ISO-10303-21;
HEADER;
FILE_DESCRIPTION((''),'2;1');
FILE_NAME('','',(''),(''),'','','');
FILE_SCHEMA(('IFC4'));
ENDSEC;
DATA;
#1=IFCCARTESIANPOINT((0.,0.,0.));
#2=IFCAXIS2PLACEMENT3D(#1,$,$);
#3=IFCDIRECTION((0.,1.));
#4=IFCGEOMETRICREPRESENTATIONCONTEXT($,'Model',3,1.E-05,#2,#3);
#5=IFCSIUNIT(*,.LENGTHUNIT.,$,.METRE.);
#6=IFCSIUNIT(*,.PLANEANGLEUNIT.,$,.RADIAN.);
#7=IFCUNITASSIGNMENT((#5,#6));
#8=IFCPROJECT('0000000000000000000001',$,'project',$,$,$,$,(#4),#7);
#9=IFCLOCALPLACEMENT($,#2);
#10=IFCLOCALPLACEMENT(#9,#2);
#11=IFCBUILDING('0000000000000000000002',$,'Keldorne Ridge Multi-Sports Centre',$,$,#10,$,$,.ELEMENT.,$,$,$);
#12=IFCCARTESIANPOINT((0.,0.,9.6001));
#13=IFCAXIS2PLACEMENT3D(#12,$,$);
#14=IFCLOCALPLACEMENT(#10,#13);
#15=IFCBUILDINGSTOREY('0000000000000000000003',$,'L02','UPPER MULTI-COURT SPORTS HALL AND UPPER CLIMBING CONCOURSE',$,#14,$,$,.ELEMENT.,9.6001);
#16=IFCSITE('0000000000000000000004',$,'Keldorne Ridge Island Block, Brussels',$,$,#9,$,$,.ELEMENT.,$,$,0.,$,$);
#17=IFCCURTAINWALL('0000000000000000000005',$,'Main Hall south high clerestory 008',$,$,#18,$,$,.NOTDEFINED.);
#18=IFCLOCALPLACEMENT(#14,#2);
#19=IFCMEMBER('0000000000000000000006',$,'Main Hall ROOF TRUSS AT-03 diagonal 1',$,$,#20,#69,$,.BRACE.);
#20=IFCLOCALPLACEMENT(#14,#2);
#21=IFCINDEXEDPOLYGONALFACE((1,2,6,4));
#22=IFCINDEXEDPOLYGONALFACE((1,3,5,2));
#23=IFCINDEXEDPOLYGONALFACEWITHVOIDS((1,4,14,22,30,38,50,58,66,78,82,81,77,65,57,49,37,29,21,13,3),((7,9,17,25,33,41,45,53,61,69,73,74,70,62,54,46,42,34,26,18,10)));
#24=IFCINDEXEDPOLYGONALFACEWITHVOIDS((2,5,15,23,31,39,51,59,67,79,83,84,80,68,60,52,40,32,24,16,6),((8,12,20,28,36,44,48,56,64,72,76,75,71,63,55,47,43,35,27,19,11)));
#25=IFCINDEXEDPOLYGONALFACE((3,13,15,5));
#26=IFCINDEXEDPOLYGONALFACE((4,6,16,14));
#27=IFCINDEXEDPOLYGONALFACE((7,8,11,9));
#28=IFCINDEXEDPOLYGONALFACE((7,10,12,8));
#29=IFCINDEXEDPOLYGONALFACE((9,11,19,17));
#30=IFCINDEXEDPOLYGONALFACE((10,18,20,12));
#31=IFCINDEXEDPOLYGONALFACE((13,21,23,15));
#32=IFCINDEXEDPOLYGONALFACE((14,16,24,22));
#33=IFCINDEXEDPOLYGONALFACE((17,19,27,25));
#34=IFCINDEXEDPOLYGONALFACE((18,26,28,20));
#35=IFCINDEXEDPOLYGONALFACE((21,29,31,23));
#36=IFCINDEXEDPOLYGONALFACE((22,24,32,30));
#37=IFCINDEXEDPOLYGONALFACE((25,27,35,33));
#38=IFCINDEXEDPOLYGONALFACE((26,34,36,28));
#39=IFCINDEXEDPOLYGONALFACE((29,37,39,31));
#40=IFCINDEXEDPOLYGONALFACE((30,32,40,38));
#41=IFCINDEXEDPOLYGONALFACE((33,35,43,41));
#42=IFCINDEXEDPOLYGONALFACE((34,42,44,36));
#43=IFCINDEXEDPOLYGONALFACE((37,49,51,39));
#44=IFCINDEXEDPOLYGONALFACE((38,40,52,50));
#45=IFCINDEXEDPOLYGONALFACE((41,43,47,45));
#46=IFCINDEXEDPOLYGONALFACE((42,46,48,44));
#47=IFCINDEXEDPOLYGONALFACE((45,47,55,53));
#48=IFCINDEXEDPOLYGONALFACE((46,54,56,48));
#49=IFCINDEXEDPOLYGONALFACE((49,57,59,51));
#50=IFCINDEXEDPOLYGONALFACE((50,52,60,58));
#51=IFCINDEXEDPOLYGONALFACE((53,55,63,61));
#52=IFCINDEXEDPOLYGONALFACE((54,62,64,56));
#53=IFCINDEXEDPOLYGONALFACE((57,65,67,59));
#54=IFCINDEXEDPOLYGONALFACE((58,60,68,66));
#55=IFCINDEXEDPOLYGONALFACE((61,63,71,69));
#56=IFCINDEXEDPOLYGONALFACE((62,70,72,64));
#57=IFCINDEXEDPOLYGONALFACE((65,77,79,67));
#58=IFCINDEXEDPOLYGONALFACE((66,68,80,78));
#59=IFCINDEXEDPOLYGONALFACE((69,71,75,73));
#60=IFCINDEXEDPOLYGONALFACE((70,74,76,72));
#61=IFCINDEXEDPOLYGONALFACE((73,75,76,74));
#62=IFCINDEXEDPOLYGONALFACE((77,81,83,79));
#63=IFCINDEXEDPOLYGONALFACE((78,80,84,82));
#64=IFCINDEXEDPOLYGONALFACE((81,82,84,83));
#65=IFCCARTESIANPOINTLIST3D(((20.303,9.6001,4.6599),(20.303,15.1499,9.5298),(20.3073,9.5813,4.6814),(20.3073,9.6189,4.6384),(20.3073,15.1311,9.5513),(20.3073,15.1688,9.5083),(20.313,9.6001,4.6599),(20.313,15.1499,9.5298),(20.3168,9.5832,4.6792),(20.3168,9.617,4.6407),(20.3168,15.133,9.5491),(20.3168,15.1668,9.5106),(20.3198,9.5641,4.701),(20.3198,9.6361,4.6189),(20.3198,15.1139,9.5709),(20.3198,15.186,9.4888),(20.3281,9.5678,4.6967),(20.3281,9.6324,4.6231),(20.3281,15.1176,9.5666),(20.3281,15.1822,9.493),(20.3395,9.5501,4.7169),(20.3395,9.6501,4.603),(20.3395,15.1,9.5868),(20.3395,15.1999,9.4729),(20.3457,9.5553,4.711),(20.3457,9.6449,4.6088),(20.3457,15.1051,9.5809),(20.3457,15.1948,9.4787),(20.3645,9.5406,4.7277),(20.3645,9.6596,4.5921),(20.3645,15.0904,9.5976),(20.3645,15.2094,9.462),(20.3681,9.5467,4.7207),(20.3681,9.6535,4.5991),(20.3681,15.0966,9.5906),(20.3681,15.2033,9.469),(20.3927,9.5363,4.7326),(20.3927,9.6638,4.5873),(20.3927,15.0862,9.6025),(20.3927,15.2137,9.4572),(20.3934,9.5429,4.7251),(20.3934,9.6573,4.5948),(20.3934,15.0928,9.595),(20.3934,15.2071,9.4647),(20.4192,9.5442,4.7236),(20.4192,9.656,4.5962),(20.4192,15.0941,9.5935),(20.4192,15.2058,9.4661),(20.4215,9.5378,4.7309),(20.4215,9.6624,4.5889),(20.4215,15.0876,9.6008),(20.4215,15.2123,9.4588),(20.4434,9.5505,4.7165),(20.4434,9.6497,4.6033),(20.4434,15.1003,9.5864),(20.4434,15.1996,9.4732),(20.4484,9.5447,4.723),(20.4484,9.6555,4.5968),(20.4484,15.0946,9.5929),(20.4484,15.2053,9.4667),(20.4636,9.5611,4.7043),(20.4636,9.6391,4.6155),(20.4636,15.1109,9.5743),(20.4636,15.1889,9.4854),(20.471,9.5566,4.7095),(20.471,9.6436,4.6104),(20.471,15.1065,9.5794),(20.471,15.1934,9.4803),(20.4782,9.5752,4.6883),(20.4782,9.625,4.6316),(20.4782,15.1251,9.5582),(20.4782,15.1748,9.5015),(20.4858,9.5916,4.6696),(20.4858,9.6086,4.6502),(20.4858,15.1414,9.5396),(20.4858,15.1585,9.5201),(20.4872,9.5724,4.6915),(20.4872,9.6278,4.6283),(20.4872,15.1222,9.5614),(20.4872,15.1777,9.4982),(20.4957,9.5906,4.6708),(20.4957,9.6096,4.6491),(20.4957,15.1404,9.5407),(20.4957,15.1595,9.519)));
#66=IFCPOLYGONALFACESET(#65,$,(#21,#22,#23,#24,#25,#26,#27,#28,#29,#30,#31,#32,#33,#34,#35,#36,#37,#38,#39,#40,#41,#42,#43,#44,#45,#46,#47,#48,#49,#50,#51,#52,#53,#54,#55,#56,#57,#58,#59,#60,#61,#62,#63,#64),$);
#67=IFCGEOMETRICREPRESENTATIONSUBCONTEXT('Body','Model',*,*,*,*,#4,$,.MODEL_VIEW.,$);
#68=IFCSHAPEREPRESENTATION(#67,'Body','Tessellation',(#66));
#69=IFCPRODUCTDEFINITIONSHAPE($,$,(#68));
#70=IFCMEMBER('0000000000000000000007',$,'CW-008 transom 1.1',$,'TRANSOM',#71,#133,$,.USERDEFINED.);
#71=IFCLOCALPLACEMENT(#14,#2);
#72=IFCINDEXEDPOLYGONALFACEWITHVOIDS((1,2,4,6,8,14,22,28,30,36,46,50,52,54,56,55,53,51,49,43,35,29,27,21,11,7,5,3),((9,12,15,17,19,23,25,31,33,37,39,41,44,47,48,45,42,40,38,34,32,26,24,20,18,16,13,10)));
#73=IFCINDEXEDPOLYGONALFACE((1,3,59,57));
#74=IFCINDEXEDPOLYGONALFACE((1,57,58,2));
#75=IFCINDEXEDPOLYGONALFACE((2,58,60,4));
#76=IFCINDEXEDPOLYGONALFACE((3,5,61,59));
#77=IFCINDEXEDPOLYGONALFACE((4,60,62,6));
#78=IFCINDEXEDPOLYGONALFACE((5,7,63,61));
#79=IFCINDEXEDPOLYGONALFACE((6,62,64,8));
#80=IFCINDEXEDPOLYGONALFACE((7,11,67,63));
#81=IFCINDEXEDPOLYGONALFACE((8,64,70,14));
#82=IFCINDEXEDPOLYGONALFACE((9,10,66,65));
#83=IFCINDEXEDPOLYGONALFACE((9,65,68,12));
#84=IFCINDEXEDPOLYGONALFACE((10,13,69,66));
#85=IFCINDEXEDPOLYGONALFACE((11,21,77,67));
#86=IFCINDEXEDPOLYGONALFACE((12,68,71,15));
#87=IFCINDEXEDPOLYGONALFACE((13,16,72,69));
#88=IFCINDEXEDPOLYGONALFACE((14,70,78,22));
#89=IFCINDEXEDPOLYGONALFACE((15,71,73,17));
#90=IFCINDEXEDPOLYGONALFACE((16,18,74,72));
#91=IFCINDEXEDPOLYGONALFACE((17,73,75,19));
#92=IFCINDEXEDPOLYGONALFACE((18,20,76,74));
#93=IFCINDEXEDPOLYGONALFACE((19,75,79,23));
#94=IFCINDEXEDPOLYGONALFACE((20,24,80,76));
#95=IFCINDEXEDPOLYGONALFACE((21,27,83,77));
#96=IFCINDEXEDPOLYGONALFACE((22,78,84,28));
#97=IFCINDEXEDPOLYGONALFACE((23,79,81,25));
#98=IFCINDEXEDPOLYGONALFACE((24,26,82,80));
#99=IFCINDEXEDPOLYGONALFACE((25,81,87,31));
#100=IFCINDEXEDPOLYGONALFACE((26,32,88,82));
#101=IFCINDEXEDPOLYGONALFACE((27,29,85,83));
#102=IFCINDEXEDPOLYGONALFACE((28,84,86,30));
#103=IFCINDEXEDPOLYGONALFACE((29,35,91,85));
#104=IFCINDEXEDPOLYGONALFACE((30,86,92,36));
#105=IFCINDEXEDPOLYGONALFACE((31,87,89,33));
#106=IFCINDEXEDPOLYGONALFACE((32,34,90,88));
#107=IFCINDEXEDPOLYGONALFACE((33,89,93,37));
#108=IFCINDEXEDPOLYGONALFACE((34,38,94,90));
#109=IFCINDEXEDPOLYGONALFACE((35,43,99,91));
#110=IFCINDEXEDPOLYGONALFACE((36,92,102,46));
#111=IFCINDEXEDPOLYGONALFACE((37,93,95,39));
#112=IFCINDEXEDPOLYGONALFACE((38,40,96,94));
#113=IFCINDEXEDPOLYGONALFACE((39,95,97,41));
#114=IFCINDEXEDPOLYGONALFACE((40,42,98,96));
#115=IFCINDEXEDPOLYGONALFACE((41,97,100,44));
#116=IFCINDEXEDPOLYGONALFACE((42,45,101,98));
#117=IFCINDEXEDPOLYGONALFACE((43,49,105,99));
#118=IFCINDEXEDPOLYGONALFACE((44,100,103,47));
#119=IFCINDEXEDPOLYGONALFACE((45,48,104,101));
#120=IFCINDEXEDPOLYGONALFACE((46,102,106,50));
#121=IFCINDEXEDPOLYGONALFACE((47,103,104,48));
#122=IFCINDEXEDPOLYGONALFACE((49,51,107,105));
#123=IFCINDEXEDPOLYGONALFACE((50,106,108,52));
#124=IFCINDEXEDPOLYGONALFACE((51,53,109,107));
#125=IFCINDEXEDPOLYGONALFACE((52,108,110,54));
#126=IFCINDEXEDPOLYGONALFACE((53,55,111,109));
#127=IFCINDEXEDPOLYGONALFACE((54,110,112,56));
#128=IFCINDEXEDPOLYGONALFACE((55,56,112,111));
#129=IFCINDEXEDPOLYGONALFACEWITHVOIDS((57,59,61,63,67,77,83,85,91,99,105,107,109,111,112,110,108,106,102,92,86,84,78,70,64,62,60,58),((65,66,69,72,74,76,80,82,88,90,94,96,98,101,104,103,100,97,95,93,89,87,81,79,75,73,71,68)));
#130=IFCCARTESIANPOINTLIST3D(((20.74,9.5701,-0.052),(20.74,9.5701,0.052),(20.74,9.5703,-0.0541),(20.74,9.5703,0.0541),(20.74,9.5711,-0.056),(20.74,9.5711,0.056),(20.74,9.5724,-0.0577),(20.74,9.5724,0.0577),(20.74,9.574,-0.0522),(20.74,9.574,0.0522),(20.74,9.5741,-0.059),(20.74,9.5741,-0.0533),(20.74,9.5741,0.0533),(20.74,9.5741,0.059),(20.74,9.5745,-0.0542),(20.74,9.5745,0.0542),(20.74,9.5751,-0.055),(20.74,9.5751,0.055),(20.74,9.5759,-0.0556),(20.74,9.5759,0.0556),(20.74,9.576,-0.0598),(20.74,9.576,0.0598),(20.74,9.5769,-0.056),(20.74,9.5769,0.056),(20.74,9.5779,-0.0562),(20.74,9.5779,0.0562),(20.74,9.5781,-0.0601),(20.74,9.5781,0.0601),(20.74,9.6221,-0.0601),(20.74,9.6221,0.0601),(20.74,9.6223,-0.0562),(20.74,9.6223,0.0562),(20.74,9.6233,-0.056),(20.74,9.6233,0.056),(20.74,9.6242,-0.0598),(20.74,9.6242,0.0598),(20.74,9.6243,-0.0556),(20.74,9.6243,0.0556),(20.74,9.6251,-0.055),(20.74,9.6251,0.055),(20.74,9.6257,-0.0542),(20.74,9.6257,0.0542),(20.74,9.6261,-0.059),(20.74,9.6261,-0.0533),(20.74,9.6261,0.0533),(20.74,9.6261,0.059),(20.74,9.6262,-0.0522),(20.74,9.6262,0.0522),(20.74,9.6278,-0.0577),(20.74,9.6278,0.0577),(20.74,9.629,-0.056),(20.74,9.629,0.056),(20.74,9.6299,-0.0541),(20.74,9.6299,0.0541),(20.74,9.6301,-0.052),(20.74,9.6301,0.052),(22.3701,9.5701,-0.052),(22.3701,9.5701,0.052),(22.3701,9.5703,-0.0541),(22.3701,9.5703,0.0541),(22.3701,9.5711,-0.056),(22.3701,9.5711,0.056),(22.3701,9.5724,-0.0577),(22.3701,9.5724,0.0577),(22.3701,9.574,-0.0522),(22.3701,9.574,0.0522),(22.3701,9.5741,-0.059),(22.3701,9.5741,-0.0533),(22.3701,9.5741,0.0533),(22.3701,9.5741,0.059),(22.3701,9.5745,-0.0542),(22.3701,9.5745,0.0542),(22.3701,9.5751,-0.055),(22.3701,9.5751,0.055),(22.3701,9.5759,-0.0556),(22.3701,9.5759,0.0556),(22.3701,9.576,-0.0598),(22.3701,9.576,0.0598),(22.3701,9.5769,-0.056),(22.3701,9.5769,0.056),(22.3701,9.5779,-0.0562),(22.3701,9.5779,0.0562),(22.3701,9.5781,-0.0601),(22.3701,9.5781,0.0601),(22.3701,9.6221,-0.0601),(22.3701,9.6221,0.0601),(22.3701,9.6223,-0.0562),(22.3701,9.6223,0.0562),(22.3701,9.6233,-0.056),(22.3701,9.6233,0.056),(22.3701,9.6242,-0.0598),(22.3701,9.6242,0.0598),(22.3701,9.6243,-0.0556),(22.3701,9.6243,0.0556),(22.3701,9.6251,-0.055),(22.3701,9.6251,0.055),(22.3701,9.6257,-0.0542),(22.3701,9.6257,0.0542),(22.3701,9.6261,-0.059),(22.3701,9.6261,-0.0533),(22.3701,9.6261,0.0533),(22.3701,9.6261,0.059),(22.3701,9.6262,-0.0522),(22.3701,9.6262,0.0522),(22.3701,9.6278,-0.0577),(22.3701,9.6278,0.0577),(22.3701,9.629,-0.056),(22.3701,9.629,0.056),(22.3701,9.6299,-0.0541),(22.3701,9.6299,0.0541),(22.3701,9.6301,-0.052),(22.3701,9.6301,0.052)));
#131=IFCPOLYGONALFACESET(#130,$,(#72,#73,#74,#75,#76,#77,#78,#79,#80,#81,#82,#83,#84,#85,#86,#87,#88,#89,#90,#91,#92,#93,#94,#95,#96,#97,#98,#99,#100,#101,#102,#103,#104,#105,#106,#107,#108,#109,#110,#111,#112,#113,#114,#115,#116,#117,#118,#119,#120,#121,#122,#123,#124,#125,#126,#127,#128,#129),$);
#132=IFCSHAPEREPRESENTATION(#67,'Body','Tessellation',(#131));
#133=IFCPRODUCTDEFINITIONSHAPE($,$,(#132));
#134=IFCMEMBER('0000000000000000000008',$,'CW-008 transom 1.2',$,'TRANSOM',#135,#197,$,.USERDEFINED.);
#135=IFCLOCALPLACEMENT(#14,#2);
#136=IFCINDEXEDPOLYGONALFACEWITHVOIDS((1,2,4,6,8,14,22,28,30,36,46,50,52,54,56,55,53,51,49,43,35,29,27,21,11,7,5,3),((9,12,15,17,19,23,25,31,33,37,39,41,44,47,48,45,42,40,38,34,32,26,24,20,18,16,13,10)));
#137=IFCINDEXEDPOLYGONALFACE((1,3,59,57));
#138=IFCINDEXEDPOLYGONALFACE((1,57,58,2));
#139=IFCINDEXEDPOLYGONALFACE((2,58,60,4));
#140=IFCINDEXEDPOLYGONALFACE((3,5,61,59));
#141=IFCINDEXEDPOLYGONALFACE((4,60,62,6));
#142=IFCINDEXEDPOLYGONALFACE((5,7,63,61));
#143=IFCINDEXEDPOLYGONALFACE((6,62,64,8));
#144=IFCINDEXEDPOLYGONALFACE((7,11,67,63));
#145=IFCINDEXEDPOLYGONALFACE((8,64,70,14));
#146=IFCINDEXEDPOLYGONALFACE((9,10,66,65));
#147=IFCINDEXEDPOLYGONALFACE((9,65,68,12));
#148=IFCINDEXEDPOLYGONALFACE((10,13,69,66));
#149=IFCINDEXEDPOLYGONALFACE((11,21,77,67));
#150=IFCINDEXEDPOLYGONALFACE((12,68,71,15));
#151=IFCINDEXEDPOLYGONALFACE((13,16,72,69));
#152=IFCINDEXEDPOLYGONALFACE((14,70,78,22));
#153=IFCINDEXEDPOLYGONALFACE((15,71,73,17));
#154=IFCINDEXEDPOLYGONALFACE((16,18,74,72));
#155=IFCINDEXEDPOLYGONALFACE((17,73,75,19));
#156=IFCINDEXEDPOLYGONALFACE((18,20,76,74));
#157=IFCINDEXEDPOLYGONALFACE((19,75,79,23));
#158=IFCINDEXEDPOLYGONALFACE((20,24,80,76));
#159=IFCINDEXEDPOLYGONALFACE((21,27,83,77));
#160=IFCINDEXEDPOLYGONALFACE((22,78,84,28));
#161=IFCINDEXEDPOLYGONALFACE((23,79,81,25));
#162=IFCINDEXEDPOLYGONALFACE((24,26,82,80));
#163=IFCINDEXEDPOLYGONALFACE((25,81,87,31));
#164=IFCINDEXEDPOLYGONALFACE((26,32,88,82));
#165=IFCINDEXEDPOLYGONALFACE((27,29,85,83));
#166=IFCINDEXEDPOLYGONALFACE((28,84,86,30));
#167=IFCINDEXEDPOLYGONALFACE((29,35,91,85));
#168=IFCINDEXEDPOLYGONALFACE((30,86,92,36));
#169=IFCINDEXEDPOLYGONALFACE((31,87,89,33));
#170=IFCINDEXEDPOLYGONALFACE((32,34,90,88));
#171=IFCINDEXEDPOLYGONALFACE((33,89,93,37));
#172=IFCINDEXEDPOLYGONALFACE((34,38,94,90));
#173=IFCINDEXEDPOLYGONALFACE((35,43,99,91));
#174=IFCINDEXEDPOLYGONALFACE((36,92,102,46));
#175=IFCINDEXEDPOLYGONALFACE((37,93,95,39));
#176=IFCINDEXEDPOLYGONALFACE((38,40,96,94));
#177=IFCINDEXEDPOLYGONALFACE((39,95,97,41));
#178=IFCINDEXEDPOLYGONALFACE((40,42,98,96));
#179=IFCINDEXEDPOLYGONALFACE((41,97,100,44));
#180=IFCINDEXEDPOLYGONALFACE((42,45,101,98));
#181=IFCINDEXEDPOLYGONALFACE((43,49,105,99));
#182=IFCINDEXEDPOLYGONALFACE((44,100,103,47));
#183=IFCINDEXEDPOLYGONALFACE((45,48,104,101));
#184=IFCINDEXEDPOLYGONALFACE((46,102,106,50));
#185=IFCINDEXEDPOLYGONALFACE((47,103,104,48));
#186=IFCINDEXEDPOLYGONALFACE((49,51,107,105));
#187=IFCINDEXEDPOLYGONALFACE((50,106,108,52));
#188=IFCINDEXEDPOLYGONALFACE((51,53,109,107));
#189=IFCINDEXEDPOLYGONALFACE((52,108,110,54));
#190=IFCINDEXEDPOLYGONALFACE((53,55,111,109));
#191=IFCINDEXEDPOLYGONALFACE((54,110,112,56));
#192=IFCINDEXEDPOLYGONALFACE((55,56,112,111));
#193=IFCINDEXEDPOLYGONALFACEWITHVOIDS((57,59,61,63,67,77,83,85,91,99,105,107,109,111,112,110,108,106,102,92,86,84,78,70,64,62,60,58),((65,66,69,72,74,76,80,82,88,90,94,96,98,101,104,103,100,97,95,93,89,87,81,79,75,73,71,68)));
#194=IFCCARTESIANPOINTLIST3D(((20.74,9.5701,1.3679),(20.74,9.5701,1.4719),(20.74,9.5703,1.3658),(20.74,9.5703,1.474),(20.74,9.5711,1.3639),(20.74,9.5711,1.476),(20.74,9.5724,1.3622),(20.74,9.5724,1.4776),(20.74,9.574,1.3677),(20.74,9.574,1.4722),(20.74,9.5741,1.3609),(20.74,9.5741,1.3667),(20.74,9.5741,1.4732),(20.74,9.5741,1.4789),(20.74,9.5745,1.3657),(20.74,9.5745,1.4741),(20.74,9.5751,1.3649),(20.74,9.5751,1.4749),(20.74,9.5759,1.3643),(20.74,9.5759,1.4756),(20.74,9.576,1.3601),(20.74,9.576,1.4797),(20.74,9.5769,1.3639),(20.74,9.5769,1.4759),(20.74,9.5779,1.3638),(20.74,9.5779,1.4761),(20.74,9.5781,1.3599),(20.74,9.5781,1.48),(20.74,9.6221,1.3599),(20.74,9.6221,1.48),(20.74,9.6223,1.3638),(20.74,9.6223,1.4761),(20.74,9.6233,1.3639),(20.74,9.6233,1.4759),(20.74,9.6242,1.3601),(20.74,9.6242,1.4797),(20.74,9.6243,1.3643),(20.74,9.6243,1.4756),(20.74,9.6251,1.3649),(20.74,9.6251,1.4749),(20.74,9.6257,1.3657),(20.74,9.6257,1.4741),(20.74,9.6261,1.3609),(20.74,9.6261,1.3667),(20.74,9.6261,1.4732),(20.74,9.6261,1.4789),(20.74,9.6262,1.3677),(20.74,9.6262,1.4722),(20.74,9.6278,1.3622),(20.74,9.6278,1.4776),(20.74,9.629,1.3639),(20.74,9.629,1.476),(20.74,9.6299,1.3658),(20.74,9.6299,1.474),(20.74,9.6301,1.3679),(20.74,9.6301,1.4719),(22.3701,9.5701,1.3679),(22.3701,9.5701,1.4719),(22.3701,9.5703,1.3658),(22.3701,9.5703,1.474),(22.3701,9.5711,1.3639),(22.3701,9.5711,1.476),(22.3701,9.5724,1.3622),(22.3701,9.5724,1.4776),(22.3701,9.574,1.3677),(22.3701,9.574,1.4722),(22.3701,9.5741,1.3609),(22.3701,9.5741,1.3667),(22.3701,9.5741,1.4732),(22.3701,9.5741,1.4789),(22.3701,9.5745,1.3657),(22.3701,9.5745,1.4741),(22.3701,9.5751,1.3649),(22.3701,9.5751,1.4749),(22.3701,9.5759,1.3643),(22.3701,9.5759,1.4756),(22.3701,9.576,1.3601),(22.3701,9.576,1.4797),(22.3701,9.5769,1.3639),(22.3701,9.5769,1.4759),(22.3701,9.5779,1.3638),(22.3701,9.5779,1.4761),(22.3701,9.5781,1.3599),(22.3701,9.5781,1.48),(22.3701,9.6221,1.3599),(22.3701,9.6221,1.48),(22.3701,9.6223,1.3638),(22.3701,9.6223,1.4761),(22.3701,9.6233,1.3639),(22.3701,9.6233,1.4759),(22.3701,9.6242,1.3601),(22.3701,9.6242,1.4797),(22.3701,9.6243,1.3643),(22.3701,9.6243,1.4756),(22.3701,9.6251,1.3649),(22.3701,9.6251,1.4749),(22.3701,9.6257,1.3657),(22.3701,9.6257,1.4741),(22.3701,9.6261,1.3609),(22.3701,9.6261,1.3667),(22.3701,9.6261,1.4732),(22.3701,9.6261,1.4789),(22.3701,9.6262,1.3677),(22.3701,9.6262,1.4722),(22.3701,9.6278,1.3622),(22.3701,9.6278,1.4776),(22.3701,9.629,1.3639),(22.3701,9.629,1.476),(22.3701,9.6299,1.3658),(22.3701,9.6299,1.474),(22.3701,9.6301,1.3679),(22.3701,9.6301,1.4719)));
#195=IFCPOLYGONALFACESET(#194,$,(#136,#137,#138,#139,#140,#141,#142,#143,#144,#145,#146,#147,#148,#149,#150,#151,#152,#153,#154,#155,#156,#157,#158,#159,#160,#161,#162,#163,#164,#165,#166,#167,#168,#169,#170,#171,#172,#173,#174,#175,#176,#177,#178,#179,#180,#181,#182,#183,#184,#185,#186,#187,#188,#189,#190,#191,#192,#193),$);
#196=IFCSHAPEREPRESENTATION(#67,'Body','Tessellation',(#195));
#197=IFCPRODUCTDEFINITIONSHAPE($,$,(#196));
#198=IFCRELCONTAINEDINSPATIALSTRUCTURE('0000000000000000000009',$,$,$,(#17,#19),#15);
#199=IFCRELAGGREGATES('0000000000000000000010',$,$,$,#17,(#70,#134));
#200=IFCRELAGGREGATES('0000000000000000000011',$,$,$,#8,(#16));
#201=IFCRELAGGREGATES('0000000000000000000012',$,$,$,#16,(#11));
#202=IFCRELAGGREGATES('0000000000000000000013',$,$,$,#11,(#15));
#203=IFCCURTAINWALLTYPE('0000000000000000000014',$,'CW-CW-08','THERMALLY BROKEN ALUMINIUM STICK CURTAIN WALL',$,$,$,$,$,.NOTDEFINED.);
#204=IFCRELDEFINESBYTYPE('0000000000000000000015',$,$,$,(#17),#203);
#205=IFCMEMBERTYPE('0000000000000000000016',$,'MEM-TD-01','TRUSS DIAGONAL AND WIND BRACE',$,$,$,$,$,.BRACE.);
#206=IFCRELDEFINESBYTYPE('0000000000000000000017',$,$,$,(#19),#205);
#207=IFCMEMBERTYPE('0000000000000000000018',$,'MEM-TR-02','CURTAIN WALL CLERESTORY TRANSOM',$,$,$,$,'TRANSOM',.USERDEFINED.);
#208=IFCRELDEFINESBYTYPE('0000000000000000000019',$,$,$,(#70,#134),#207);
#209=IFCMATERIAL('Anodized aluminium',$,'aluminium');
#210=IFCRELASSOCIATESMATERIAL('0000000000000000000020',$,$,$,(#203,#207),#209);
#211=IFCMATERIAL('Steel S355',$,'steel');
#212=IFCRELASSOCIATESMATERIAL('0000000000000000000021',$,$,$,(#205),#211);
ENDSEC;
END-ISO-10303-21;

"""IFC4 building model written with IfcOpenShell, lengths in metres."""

from ifc_helpers import new_model, si_unit, direction, frame, origin, origin_2d, place, context, subcontext, project, spatial, hollow_rectangle, hollow_circle, extrude, material, material_profile, profile_set, type_object, element, aggregate, save


model = new_model("IFC4")

# Units and contexts
model_context = context("Model", 3, precision=1e-05, world=origin(), true_north=direction((0.0, 1.0)))
body_context = subcontext(model_context, "Body", "Model", "MODEL_VIEW")
ifc_project = project(units=[si_unit("LENGTHUNIT", "METRE"), si_unit("PLANEANGLEUNIT", "RADIAN")], contexts=[model_context])

# Site, building, storey
site_placement = place(None, origin())
site = spatial("IfcSite", under=ifc_project, at=site_placement, Name="Keldorne Ridge Island Block, Brussels", CompositionType="ELEMENT", RefElevation=0.0)
building_placement = place(site_placement, origin())
building = spatial("IfcBuilding", under=site, at=building_placement, Name="Keldorne Ridge Multi-Sports Centre", CompositionType="ELEMENT")
storey_placement = place(building_placement, frame((0.0, 0.0, 9.6001)))
storey = spatial("IfcBuildingStorey", under=building, at=storey_placement, Name="L02", Description="UPPER MULTI-COURT SPORTS HALL AND UPPER CLIMBING CONCOURSE", CompositionType="ELEMENT", Elevation=9.6001)

# Shared definitions
ifc_material_1 = material(Name="Steel S355", Category="steel")

# Curtain wall
ifc_material_2 = material(Name="Anodized aluminium", Category="aluminium")
curtain_wall_type = type_object("IfcCurtainWallType", Name="CW-CW-08", Description="THERMALLY BROKEN ALUMINIUM STICK CURTAIN WALL", PredefinedType="NOTDEFINED", material=ifc_material_2)
curtain_wall_placement = place(storey_placement, origin())
curtain_wall = element("IfcCurtainWall", 1, at=curtain_wall_placement, inside=storey, type_object=curtain_wall_type, Name="Main Hall south high clerestory 008", PredefinedType="NOTDEFINED")

# Member
ifc_material_profile_1 = material_profile(ifc_material_1, hollow_circle(Radius=0.0969, WallThickness=0.01, at=origin_2d()), Name="CHS 193.7x10")
ifc_profile_set_1 = profile_set([ifc_material_profile_1], Name="Steel S355")
member_type_1 = type_object("IfcMemberType", Name="MEM-TD-01", Description="TRUSS DIAGONAL AND WIND BRACE", PredefinedType="BRACE", material=ifc_profile_set_1)
member_1_placement = place(storey_placement, frame((20.3999, 9.6001, 4.6599), z_axis=(0.0, 0.75165, 0.659562), x_axis=(-1.0, 0.0, 0.0)))
element("IfcMember", 2, at=member_1_placement, inside=storey, type_object=member_type_1, Name="Main Hall ROOF TRUSS AT-03 diagonal 1", PredefinedType="BRACE", context=body_context, shape_type="SweptSolid", body=[
    extrude(hollow_circle(Radius=0.0969, WallThickness=0.01, at=origin_2d()), origin(), (0.0, 0.0, 1.0), 7.3835),
])

# Members
ifc_material_profile_2 = material_profile(ifc_material_2, hollow_rectangle(XDim=0.0601, YDim=0.1201, WallThickness=0.0039, InnerFilletRadius=0.0039, OuterFilletRadius=0.0081, at=origin_2d()), Name="ALU TRANSOM 120x60x4")
ifc_profile_set_2 = profile_set([ifc_material_profile_2], Name="Anodized aluminium")
member_type_2 = type_object("IfcMemberType", Name="MEM-TR-02", Description="CURTAIN WALL CLERESTORY TRANSOM", ElementType="TRANSOM", PredefinedType="USERDEFINED", material=ifc_profile_set_2)
member_2_placement = place(storey_placement, frame((20.74, 9.6001, 0.0), z_axis=(1.0, 0.0, 0.0), x_axis=(0.0, 1.0, 0.0)))
member_2 = element("IfcMember", 3, at=member_2_placement, type_object=member_type_2, Name="CW-008 transom 1.1", ObjectType="TRANSOM", PredefinedType="USERDEFINED", context=body_context, shape_type="SweptSolid", body=[
    extrude(hollow_rectangle(XDim=0.0601, YDim=0.1201, WallThickness=0.0039, InnerFilletRadius=0.0039, OuterFilletRadius=0.0081, at=origin_2d()), origin(), (0.0, 0.0, 1.0), 1.6301),
])
member_3_placement = place(storey_placement, frame((20.74, 9.6001, 1.4199), z_axis=(1.0, 0.0, 0.0), x_axis=(0.0, 1.0, 0.0)))
member_3 = element("IfcMember", 4, at=member_3_placement, type_object=member_type_2, Name="CW-008 transom 1.2", ObjectType="TRANSOM", PredefinedType="USERDEFINED", context=body_context, shape_type="SweptSolid", body=[
    extrude(hollow_rectangle(XDim=0.0601, YDim=0.1201, WallThickness=0.0039, InnerFilletRadius=0.0039, OuterFilletRadius=0.0081, at=origin_2d()), origin(), (0.0, 0.0, 1.0), 1.6301),
])

aggregate(curtain_wall, [member_2, member_3])

save(model, "model.ifc")
